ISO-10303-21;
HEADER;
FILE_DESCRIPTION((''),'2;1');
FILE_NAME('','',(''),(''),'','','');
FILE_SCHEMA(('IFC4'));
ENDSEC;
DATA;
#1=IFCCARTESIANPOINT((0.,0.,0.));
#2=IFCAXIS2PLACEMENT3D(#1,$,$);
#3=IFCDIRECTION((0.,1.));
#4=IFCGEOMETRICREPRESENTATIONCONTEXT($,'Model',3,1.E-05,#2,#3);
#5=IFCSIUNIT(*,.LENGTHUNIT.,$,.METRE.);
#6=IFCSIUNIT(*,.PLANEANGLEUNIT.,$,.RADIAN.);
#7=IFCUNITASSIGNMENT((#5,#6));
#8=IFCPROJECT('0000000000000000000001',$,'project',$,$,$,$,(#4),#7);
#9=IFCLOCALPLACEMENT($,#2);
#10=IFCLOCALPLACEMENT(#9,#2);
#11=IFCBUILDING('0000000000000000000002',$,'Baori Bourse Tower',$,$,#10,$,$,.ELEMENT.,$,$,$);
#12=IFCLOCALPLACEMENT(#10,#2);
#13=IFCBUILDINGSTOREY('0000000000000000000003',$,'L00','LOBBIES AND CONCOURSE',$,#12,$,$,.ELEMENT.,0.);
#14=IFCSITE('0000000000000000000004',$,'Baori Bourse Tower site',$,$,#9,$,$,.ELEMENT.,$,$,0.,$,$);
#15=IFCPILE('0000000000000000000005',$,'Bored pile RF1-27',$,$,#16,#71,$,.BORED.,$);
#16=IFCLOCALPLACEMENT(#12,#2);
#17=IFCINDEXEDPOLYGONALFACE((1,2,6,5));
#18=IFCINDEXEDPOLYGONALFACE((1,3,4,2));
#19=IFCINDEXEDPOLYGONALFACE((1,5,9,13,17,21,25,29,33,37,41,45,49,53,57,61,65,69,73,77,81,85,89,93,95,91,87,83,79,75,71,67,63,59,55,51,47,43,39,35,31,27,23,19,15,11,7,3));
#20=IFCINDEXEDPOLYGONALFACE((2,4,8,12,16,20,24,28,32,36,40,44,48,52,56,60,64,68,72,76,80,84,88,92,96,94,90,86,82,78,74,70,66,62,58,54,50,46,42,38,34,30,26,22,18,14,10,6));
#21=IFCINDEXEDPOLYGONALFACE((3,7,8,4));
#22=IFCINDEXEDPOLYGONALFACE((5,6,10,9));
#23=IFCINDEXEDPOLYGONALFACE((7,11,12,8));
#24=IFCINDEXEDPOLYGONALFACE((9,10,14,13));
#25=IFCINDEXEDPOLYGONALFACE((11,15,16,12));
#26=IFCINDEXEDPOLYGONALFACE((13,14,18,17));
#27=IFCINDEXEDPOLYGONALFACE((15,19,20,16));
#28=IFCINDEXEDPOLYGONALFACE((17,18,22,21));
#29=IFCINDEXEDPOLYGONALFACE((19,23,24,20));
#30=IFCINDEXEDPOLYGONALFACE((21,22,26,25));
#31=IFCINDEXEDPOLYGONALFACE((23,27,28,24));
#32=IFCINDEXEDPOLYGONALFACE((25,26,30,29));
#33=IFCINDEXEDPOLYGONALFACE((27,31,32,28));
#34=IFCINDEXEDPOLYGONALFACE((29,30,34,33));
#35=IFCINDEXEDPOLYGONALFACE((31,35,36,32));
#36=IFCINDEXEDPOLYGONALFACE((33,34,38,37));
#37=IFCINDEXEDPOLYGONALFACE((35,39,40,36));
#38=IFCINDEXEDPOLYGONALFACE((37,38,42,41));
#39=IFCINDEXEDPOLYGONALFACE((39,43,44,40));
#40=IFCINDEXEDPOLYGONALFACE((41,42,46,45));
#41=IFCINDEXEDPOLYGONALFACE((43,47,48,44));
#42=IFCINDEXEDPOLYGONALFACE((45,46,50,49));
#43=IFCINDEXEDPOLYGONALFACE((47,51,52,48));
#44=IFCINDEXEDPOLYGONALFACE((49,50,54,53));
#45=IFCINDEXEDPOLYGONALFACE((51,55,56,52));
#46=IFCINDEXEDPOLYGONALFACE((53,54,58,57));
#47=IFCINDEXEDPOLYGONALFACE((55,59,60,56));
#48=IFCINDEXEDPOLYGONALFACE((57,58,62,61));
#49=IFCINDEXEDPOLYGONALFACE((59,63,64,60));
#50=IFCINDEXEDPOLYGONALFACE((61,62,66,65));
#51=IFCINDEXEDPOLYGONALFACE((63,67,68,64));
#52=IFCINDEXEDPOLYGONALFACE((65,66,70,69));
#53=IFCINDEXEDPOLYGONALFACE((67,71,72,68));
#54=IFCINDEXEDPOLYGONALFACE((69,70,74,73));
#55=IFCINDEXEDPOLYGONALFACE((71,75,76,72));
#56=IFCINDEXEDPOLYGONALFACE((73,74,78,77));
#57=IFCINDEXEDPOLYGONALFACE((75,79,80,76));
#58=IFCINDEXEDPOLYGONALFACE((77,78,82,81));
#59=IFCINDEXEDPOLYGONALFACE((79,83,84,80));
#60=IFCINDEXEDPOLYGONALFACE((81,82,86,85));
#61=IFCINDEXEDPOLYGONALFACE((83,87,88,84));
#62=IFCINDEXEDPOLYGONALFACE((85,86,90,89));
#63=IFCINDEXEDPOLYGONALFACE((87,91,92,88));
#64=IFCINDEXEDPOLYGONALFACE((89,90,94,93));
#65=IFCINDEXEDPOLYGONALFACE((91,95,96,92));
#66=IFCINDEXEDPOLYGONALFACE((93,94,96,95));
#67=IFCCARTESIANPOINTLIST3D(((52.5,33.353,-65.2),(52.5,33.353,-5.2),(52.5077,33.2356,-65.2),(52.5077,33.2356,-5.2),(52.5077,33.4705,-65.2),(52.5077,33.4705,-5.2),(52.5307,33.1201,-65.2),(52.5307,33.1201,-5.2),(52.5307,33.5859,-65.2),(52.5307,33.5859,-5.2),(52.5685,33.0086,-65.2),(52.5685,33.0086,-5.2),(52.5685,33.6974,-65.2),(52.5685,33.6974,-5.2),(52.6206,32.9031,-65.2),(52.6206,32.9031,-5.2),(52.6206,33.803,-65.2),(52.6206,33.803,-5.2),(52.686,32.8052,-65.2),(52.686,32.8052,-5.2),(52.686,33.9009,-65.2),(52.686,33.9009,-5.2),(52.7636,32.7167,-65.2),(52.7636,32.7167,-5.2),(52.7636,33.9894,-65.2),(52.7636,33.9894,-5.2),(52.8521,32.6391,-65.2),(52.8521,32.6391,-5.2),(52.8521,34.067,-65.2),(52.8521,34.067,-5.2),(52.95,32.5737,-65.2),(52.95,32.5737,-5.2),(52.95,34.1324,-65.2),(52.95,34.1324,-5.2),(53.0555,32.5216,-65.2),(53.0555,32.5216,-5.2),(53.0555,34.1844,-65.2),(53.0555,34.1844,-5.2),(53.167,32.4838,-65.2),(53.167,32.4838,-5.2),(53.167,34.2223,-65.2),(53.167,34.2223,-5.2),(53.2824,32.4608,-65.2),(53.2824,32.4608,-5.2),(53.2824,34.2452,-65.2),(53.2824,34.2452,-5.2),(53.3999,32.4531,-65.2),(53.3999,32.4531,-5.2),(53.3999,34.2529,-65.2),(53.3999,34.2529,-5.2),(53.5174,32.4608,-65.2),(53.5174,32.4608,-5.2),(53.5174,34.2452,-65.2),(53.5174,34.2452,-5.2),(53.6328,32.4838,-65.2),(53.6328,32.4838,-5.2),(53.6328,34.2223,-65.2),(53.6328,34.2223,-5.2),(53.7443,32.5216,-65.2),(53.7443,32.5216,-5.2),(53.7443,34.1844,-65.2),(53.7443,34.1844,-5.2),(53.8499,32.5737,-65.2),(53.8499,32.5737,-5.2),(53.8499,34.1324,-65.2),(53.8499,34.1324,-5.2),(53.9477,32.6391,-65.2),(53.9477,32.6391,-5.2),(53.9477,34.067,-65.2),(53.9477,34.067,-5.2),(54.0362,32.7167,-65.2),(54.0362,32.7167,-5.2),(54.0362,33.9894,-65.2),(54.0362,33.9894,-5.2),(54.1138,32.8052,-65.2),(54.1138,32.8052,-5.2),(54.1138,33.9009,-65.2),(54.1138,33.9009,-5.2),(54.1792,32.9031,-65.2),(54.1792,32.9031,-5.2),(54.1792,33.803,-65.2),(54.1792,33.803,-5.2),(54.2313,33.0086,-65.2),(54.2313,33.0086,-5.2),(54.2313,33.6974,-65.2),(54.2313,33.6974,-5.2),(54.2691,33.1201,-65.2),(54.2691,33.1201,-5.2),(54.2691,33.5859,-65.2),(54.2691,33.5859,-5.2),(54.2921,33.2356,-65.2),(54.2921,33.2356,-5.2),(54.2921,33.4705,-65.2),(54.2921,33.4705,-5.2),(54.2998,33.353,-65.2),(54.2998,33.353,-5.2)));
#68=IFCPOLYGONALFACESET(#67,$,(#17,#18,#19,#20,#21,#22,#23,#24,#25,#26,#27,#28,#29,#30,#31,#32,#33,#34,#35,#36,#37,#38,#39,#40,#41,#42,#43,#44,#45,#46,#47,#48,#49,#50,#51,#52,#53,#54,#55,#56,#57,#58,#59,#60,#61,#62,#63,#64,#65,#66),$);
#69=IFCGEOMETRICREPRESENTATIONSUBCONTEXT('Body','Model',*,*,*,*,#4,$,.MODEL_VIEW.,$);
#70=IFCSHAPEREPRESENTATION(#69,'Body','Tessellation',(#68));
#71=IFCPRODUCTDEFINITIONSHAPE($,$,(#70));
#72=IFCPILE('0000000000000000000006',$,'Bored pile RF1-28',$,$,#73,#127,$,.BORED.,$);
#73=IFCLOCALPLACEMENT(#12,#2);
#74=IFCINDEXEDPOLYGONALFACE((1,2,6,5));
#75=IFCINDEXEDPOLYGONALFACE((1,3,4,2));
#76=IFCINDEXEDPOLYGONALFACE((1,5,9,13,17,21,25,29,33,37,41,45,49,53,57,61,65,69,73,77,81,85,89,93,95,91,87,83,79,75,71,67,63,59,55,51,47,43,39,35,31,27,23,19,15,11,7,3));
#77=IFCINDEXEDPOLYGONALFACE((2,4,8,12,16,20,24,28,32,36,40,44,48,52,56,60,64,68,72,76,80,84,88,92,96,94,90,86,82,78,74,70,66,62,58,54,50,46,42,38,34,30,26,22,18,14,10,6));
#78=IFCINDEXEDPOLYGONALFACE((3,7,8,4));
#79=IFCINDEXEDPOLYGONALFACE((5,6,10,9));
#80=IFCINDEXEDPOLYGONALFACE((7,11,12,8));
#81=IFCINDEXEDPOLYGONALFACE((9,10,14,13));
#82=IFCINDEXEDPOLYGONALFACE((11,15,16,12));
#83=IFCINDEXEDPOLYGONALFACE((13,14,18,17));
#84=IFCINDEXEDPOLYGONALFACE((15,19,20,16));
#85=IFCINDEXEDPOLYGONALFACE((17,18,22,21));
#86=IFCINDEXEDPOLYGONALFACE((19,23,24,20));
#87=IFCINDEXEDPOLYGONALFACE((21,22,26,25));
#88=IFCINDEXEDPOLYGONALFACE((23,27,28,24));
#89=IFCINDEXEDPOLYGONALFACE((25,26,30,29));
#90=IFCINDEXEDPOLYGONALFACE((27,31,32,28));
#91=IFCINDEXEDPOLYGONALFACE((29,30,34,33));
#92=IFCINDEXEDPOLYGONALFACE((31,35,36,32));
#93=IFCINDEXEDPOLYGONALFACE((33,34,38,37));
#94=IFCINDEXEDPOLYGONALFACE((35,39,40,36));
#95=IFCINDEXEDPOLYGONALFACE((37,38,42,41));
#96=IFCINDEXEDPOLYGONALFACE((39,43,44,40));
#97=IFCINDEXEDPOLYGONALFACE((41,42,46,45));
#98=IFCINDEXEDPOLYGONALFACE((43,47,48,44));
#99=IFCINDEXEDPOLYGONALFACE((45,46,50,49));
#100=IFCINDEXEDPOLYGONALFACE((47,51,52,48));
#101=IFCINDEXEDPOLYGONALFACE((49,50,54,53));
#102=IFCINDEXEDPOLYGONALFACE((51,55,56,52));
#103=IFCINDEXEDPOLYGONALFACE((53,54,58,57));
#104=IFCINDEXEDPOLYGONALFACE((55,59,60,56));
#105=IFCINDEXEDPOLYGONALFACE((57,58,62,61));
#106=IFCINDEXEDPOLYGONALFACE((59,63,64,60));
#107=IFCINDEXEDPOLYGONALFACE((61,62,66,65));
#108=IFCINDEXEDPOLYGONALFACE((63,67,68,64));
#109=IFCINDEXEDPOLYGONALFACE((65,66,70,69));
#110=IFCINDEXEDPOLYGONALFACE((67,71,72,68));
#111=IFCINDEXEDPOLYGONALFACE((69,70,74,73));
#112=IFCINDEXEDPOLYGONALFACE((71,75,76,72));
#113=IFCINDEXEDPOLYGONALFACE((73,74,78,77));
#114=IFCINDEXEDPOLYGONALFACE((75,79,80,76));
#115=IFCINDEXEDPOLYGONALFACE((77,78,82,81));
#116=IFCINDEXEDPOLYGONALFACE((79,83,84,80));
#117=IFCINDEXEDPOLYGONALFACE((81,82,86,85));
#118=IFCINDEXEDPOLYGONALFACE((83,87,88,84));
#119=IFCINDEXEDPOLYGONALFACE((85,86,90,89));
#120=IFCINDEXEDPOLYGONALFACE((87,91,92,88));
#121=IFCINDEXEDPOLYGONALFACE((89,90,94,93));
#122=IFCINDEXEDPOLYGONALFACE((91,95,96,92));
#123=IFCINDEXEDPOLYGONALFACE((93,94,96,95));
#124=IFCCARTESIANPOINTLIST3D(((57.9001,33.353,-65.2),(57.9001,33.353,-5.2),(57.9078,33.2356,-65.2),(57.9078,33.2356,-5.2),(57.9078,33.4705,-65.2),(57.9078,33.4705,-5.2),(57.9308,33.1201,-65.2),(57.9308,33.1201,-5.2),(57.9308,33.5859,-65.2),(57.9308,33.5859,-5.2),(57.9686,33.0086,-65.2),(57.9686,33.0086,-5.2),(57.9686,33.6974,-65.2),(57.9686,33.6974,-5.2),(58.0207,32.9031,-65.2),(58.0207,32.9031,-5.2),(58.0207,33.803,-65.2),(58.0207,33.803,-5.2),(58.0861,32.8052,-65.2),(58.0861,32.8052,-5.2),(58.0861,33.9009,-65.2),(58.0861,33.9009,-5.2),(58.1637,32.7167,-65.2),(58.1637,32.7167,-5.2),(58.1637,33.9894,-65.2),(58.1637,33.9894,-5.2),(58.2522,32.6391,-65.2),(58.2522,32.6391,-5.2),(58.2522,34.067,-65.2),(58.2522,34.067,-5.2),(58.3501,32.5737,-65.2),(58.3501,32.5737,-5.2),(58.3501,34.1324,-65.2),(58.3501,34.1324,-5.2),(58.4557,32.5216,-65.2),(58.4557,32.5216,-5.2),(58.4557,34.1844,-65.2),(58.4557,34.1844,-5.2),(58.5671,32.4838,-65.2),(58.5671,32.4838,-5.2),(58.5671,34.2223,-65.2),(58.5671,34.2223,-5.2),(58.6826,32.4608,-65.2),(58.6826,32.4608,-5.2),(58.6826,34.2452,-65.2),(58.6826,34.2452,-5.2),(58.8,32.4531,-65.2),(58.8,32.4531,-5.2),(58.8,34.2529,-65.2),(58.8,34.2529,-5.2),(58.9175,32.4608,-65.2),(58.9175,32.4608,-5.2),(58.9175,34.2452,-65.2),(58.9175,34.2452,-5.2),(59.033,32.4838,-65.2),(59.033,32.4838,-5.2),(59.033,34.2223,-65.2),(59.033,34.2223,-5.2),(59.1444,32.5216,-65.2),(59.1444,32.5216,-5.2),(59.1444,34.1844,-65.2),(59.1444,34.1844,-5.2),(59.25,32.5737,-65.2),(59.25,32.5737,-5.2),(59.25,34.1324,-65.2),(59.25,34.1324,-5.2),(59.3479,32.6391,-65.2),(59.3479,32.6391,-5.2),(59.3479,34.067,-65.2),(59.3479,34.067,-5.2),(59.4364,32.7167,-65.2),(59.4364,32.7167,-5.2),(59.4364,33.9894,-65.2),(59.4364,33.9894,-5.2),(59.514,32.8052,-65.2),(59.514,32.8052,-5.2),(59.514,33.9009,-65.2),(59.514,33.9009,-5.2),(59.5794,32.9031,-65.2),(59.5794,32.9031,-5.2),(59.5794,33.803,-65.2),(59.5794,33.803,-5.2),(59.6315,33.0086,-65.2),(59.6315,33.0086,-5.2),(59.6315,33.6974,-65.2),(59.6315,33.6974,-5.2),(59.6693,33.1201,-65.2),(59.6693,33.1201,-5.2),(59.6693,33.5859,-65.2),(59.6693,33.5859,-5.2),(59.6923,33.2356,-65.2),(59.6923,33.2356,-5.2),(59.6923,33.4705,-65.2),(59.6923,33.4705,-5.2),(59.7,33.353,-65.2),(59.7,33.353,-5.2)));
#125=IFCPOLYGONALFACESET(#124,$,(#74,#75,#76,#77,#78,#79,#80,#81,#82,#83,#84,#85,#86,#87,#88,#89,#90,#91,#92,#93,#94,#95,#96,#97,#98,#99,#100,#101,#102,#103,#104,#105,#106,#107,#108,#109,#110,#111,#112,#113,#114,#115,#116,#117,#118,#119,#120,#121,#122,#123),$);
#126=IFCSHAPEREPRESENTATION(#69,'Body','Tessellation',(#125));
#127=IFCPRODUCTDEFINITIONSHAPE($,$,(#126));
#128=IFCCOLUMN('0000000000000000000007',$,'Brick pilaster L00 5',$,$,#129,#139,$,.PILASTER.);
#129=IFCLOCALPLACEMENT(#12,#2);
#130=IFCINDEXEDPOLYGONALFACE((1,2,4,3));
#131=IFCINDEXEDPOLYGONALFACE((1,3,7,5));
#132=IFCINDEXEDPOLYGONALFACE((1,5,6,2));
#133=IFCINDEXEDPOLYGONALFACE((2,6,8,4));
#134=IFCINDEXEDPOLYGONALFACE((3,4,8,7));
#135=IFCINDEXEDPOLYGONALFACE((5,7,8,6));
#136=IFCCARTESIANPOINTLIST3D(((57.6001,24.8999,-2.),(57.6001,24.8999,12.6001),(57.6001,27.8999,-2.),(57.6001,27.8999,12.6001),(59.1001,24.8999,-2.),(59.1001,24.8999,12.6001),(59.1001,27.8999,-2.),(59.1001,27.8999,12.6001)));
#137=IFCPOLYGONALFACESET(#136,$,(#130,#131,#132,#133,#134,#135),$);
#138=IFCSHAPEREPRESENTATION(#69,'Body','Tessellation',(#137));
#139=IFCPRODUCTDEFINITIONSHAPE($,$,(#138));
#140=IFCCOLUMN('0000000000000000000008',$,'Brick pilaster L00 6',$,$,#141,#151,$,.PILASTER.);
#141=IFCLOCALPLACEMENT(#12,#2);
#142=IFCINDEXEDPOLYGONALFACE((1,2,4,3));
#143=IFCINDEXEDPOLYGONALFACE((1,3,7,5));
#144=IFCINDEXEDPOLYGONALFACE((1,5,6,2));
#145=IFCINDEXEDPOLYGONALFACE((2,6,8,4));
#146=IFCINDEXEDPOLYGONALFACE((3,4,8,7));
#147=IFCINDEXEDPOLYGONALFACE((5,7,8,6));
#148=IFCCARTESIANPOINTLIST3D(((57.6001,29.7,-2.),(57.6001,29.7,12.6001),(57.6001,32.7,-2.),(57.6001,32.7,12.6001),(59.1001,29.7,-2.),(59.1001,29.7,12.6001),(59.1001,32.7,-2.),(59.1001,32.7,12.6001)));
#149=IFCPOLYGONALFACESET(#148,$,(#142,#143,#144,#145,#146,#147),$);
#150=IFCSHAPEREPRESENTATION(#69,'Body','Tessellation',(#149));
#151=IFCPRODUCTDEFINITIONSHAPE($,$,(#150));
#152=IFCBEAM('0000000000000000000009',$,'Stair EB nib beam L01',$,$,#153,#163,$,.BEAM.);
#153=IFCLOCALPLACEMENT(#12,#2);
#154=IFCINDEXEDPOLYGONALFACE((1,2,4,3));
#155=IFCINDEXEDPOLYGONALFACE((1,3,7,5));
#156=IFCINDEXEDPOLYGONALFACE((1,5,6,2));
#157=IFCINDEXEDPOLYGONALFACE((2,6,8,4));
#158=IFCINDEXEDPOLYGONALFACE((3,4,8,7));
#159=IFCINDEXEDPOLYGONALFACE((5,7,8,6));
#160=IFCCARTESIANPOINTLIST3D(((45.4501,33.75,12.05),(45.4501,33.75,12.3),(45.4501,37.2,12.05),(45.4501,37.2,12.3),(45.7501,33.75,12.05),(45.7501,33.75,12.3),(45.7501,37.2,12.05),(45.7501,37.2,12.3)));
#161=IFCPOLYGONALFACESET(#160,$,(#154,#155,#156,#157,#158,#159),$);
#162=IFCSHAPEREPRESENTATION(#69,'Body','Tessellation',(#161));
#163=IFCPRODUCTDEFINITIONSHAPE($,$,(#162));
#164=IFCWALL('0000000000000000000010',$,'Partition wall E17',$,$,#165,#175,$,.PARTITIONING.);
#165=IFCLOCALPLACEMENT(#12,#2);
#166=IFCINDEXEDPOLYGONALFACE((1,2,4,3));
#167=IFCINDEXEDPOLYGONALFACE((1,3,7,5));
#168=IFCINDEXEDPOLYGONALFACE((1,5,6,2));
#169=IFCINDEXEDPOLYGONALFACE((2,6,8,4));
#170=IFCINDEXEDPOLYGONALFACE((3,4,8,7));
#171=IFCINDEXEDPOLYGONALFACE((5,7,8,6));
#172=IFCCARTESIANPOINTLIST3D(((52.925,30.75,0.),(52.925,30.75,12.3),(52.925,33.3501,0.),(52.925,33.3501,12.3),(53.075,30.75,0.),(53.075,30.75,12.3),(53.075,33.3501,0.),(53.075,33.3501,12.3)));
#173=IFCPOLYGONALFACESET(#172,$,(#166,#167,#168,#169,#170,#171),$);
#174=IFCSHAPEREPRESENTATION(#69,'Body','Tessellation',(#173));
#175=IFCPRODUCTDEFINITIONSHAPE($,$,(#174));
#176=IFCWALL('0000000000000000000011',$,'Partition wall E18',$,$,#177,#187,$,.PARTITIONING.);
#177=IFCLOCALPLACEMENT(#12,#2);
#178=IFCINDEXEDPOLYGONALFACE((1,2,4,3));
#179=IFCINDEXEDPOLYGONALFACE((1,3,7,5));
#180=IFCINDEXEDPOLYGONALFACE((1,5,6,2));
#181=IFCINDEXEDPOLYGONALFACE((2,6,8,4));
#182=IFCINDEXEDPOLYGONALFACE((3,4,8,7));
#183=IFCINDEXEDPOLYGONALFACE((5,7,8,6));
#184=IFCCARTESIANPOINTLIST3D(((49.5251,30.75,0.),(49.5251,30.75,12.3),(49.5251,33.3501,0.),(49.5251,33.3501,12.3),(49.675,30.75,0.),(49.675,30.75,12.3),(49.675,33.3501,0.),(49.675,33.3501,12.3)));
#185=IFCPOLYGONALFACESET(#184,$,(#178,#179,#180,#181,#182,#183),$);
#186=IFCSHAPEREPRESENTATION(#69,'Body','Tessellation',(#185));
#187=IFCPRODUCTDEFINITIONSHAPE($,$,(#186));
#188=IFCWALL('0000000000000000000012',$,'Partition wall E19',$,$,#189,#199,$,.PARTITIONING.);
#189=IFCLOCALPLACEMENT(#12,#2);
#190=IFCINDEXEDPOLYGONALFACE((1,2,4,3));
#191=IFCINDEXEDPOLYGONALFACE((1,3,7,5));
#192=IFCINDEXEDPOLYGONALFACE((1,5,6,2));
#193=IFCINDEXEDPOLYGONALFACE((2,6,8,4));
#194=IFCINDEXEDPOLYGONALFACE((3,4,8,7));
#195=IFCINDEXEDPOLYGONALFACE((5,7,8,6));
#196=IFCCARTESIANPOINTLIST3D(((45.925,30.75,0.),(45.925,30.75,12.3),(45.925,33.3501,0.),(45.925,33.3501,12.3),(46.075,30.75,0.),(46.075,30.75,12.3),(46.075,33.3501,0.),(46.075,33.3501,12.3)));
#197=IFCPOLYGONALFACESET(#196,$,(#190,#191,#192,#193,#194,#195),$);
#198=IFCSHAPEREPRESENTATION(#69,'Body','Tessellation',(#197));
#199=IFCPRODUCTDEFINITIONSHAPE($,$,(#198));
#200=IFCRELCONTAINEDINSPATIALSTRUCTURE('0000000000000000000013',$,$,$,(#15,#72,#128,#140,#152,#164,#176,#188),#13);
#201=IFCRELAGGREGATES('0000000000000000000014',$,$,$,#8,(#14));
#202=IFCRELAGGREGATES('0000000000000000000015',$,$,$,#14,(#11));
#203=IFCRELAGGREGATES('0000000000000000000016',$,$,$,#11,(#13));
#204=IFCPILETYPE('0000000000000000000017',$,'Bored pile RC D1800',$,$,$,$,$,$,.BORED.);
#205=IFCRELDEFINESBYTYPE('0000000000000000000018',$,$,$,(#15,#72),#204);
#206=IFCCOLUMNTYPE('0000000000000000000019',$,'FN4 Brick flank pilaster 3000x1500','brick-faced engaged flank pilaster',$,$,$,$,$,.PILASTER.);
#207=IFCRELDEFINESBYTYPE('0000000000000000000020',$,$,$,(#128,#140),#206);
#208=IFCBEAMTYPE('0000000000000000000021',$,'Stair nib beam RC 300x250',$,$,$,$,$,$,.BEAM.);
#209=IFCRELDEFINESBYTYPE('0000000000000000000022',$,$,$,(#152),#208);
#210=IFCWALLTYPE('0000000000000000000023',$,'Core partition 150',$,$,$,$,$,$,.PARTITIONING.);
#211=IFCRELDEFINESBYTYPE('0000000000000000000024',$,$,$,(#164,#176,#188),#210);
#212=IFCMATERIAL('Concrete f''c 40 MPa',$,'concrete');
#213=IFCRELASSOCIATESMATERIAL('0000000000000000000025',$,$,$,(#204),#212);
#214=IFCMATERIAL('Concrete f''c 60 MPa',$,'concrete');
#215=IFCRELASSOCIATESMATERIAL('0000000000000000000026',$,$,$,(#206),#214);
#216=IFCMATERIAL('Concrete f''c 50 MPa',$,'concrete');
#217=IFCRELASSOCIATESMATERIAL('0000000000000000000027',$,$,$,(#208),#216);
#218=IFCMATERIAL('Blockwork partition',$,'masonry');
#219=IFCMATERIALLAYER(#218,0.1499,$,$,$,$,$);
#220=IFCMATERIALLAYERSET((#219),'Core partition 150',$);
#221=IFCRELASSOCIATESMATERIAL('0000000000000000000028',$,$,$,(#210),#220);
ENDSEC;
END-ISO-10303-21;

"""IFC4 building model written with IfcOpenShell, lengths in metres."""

from ifc_helpers import new_model, si_unit, direction, frame, frame_2d, origin, origin_2d, place, context, subcontext, project, spatial, rectangle, circle, extrude, material, layer, layer_set, material_profile, profile_set, type_object, element, save


model = new_model("IFC4")

# Units and contexts
model_context = context("Model", 3, precision=1e-05, world=origin(), true_north=direction((0.0, 1.0)))
body_context = subcontext(model_context, "Body", "Model", "MODEL_VIEW")
ifc_project = project(units=[si_unit("LENGTHUNIT", "METRE"), si_unit("PLANEANGLEUNIT", "RADIAN")], contexts=[model_context])

# Site, building, storey
site_placement = place(None, origin())
site = spatial("IfcSite", under=ifc_project, at=site_placement, Name="Baori Bourse Tower site", CompositionType="ELEMENT", RefElevation=0.0)
building_placement = place(site_placement, origin())
building = spatial("IfcBuilding", under=site, at=building_placement, Name="Baori Bourse Tower", CompositionType="ELEMENT")
storey_placement = place(building_placement, origin())
storey = spatial("IfcBuildingStorey", under=building, at=storey_placement, Name="L00", Description="LOBBIES AND CONCOURSE", CompositionType="ELEMENT", Elevation=0.0)

# Piles
ifc_material_1 = material(Name="Concrete f'c 40 MPa", Category="concrete")
ifc_material_profile_1 = material_profile(ifc_material_1, circle(Radius=0.8999, at=origin_2d()), Name="RC D1800")
ifc_profile_set_1 = profile_set([ifc_material_profile_1], Name="Concrete f'c 40 MPa")
pile_type = type_object("IfcPileType", Name="Bored pile RC D1800", PredefinedType="BORED", material=ifc_profile_set_1)
for number, where, z_axis, x_axis, name in (
    (1, (53.3999, 33.353, -5.2), (0.0, 0.0, -1.0), (1.0, 0.0, 0.0), "Bored pile RF1-27"),
    (2, (58.8, 33.353, -5.2), (0.0, 0.0, -1.0), (1.0, 0.0, 0.0), "Bored pile RF1-28"),
):
    element("IfcPile", number, at=place(storey_placement, frame(where, z_axis=z_axis, x_axis=x_axis)), inside=storey, type_object=pile_type, Name=name, PredefinedType="BORED", context=body_context, shape_type="SweptSolid", body=[
        extrude(circle(Radius=0.8999, at=origin_2d()), origin(), (0.0, 0.0, 1.0), 60.0),
    ])

# Columns
ifc_material_2 = material(Name="Concrete f'c 60 MPa", Category="concrete")
ifc_material_profile_2 = material_profile(ifc_material_2, rectangle(XDim=3.0, YDim=1.5, at=origin_2d()), Name="RC 3000x1500")
ifc_profile_set_2 = profile_set([ifc_material_profile_2], Name="Concrete f'c 60 MPa")
column_type = type_object("IfcColumnType", Name="FN4 Brick flank pilaster 3000x1500", Description="brick-faced engaged flank pilaster", PredefinedType="PILASTER", material=ifc_profile_set_2)
for number, where, z_axis, x_axis, name in (
    (3, (58.3501, 26.3999, -2.0), (0.0, 0.0, 1.0), (0.0, 1.0, 0.0), "Brick pilaster L00 5"),
    (4, (58.3501, 31.2, -2.0), (0.0, 0.0, 1.0), (0.0, 1.0, 0.0), "Brick pilaster L00 6"),
):
    element("IfcColumn", number, at=place(storey_placement, frame(where, z_axis=z_axis, x_axis=x_axis)), inside=storey, type_object=column_type, Name=name, PredefinedType="PILASTER", context=body_context, shape_type="SweptSolid", body=[
        extrude(rectangle(XDim=3.0, YDim=1.5, at=origin_2d()), origin(), (0.0, 0.0, 1.0), 14.6001),
    ])

# Beam
ifc_material_3 = material(Name="Concrete f'c 50 MPa", Category="concrete")
ifc_material_profile_3 = material_profile(ifc_material_3, rectangle(XDim=0.3, YDim=0.25, at=origin_2d()), Name="RC 300x250")
ifc_profile_set_3 = profile_set([ifc_material_profile_3], Name="Concrete f'c 50 MPa")
beam_type = type_object("IfcBeamType", Name="Stair nib beam RC 300x250", PredefinedType="BEAM", material=ifc_profile_set_3)
beam_placement = place(storey_placement, frame((45.6001, 33.75, 12.175), z_axis=(0.0, 1.0, 0.0), x_axis=(-1.0, 0.0, 0.0)))
element("IfcBeam", 5, at=beam_placement, inside=storey, type_object=beam_type, Name="Stair EB nib beam L01", PredefinedType="BEAM", context=body_context, shape_type="SweptSolid", body=[
    extrude(rectangle(XDim=0.3, YDim=0.25, at=origin_2d()), origin(), (0.0, 0.0, 1.0), 3.45),
])

# Walls
ifc_material_4 = material(Name="Blockwork partition", Category="masonry")
ifc_layer_1 = layer(ifc_material_4, 0.1499)
ifc_layer_set_1 = layer_set([ifc_layer_1], Name="Core partition 150")
wall_type_1 = type_object("IfcWallType", Name="Core partition 150", PredefinedType="PARTITIONING", material=ifc_layer_set_1)
for number, where, z_axis, x_axis, name in (
    (6, (53.0, 30.75, 0.0), (0.0, 0.0, 1.0), (0.0, 1.0, 0.0), "Partition wall E17"),
    (7, (49.6001, 30.75, 0.0), (0.0, 0.0, 1.0), (0.0, 1.0, 0.0), "Partition wall E18"),
    (8, (46.0, 30.75, 0.0), (0.0, 0.0, 1.0), (0.0, 1.0, 0.0), "Partition wall E19"),
):
    element("IfcWall", number, at=place(storey_placement, frame(where, z_axis=z_axis, x_axis=x_axis)), inside=storey, type_object=wall_type_1, Name=name, PredefinedType="PARTITIONING", context=body_context, shape_type="SweptSolid", body=[
        extrude(rectangle(XDim=2.6001, YDim=0.1499, at=frame_2d((1.3, 0.0))), origin(), (0.0, 0.0, 1.0), 12.3),
    ])

save(model, "model.ifc")
